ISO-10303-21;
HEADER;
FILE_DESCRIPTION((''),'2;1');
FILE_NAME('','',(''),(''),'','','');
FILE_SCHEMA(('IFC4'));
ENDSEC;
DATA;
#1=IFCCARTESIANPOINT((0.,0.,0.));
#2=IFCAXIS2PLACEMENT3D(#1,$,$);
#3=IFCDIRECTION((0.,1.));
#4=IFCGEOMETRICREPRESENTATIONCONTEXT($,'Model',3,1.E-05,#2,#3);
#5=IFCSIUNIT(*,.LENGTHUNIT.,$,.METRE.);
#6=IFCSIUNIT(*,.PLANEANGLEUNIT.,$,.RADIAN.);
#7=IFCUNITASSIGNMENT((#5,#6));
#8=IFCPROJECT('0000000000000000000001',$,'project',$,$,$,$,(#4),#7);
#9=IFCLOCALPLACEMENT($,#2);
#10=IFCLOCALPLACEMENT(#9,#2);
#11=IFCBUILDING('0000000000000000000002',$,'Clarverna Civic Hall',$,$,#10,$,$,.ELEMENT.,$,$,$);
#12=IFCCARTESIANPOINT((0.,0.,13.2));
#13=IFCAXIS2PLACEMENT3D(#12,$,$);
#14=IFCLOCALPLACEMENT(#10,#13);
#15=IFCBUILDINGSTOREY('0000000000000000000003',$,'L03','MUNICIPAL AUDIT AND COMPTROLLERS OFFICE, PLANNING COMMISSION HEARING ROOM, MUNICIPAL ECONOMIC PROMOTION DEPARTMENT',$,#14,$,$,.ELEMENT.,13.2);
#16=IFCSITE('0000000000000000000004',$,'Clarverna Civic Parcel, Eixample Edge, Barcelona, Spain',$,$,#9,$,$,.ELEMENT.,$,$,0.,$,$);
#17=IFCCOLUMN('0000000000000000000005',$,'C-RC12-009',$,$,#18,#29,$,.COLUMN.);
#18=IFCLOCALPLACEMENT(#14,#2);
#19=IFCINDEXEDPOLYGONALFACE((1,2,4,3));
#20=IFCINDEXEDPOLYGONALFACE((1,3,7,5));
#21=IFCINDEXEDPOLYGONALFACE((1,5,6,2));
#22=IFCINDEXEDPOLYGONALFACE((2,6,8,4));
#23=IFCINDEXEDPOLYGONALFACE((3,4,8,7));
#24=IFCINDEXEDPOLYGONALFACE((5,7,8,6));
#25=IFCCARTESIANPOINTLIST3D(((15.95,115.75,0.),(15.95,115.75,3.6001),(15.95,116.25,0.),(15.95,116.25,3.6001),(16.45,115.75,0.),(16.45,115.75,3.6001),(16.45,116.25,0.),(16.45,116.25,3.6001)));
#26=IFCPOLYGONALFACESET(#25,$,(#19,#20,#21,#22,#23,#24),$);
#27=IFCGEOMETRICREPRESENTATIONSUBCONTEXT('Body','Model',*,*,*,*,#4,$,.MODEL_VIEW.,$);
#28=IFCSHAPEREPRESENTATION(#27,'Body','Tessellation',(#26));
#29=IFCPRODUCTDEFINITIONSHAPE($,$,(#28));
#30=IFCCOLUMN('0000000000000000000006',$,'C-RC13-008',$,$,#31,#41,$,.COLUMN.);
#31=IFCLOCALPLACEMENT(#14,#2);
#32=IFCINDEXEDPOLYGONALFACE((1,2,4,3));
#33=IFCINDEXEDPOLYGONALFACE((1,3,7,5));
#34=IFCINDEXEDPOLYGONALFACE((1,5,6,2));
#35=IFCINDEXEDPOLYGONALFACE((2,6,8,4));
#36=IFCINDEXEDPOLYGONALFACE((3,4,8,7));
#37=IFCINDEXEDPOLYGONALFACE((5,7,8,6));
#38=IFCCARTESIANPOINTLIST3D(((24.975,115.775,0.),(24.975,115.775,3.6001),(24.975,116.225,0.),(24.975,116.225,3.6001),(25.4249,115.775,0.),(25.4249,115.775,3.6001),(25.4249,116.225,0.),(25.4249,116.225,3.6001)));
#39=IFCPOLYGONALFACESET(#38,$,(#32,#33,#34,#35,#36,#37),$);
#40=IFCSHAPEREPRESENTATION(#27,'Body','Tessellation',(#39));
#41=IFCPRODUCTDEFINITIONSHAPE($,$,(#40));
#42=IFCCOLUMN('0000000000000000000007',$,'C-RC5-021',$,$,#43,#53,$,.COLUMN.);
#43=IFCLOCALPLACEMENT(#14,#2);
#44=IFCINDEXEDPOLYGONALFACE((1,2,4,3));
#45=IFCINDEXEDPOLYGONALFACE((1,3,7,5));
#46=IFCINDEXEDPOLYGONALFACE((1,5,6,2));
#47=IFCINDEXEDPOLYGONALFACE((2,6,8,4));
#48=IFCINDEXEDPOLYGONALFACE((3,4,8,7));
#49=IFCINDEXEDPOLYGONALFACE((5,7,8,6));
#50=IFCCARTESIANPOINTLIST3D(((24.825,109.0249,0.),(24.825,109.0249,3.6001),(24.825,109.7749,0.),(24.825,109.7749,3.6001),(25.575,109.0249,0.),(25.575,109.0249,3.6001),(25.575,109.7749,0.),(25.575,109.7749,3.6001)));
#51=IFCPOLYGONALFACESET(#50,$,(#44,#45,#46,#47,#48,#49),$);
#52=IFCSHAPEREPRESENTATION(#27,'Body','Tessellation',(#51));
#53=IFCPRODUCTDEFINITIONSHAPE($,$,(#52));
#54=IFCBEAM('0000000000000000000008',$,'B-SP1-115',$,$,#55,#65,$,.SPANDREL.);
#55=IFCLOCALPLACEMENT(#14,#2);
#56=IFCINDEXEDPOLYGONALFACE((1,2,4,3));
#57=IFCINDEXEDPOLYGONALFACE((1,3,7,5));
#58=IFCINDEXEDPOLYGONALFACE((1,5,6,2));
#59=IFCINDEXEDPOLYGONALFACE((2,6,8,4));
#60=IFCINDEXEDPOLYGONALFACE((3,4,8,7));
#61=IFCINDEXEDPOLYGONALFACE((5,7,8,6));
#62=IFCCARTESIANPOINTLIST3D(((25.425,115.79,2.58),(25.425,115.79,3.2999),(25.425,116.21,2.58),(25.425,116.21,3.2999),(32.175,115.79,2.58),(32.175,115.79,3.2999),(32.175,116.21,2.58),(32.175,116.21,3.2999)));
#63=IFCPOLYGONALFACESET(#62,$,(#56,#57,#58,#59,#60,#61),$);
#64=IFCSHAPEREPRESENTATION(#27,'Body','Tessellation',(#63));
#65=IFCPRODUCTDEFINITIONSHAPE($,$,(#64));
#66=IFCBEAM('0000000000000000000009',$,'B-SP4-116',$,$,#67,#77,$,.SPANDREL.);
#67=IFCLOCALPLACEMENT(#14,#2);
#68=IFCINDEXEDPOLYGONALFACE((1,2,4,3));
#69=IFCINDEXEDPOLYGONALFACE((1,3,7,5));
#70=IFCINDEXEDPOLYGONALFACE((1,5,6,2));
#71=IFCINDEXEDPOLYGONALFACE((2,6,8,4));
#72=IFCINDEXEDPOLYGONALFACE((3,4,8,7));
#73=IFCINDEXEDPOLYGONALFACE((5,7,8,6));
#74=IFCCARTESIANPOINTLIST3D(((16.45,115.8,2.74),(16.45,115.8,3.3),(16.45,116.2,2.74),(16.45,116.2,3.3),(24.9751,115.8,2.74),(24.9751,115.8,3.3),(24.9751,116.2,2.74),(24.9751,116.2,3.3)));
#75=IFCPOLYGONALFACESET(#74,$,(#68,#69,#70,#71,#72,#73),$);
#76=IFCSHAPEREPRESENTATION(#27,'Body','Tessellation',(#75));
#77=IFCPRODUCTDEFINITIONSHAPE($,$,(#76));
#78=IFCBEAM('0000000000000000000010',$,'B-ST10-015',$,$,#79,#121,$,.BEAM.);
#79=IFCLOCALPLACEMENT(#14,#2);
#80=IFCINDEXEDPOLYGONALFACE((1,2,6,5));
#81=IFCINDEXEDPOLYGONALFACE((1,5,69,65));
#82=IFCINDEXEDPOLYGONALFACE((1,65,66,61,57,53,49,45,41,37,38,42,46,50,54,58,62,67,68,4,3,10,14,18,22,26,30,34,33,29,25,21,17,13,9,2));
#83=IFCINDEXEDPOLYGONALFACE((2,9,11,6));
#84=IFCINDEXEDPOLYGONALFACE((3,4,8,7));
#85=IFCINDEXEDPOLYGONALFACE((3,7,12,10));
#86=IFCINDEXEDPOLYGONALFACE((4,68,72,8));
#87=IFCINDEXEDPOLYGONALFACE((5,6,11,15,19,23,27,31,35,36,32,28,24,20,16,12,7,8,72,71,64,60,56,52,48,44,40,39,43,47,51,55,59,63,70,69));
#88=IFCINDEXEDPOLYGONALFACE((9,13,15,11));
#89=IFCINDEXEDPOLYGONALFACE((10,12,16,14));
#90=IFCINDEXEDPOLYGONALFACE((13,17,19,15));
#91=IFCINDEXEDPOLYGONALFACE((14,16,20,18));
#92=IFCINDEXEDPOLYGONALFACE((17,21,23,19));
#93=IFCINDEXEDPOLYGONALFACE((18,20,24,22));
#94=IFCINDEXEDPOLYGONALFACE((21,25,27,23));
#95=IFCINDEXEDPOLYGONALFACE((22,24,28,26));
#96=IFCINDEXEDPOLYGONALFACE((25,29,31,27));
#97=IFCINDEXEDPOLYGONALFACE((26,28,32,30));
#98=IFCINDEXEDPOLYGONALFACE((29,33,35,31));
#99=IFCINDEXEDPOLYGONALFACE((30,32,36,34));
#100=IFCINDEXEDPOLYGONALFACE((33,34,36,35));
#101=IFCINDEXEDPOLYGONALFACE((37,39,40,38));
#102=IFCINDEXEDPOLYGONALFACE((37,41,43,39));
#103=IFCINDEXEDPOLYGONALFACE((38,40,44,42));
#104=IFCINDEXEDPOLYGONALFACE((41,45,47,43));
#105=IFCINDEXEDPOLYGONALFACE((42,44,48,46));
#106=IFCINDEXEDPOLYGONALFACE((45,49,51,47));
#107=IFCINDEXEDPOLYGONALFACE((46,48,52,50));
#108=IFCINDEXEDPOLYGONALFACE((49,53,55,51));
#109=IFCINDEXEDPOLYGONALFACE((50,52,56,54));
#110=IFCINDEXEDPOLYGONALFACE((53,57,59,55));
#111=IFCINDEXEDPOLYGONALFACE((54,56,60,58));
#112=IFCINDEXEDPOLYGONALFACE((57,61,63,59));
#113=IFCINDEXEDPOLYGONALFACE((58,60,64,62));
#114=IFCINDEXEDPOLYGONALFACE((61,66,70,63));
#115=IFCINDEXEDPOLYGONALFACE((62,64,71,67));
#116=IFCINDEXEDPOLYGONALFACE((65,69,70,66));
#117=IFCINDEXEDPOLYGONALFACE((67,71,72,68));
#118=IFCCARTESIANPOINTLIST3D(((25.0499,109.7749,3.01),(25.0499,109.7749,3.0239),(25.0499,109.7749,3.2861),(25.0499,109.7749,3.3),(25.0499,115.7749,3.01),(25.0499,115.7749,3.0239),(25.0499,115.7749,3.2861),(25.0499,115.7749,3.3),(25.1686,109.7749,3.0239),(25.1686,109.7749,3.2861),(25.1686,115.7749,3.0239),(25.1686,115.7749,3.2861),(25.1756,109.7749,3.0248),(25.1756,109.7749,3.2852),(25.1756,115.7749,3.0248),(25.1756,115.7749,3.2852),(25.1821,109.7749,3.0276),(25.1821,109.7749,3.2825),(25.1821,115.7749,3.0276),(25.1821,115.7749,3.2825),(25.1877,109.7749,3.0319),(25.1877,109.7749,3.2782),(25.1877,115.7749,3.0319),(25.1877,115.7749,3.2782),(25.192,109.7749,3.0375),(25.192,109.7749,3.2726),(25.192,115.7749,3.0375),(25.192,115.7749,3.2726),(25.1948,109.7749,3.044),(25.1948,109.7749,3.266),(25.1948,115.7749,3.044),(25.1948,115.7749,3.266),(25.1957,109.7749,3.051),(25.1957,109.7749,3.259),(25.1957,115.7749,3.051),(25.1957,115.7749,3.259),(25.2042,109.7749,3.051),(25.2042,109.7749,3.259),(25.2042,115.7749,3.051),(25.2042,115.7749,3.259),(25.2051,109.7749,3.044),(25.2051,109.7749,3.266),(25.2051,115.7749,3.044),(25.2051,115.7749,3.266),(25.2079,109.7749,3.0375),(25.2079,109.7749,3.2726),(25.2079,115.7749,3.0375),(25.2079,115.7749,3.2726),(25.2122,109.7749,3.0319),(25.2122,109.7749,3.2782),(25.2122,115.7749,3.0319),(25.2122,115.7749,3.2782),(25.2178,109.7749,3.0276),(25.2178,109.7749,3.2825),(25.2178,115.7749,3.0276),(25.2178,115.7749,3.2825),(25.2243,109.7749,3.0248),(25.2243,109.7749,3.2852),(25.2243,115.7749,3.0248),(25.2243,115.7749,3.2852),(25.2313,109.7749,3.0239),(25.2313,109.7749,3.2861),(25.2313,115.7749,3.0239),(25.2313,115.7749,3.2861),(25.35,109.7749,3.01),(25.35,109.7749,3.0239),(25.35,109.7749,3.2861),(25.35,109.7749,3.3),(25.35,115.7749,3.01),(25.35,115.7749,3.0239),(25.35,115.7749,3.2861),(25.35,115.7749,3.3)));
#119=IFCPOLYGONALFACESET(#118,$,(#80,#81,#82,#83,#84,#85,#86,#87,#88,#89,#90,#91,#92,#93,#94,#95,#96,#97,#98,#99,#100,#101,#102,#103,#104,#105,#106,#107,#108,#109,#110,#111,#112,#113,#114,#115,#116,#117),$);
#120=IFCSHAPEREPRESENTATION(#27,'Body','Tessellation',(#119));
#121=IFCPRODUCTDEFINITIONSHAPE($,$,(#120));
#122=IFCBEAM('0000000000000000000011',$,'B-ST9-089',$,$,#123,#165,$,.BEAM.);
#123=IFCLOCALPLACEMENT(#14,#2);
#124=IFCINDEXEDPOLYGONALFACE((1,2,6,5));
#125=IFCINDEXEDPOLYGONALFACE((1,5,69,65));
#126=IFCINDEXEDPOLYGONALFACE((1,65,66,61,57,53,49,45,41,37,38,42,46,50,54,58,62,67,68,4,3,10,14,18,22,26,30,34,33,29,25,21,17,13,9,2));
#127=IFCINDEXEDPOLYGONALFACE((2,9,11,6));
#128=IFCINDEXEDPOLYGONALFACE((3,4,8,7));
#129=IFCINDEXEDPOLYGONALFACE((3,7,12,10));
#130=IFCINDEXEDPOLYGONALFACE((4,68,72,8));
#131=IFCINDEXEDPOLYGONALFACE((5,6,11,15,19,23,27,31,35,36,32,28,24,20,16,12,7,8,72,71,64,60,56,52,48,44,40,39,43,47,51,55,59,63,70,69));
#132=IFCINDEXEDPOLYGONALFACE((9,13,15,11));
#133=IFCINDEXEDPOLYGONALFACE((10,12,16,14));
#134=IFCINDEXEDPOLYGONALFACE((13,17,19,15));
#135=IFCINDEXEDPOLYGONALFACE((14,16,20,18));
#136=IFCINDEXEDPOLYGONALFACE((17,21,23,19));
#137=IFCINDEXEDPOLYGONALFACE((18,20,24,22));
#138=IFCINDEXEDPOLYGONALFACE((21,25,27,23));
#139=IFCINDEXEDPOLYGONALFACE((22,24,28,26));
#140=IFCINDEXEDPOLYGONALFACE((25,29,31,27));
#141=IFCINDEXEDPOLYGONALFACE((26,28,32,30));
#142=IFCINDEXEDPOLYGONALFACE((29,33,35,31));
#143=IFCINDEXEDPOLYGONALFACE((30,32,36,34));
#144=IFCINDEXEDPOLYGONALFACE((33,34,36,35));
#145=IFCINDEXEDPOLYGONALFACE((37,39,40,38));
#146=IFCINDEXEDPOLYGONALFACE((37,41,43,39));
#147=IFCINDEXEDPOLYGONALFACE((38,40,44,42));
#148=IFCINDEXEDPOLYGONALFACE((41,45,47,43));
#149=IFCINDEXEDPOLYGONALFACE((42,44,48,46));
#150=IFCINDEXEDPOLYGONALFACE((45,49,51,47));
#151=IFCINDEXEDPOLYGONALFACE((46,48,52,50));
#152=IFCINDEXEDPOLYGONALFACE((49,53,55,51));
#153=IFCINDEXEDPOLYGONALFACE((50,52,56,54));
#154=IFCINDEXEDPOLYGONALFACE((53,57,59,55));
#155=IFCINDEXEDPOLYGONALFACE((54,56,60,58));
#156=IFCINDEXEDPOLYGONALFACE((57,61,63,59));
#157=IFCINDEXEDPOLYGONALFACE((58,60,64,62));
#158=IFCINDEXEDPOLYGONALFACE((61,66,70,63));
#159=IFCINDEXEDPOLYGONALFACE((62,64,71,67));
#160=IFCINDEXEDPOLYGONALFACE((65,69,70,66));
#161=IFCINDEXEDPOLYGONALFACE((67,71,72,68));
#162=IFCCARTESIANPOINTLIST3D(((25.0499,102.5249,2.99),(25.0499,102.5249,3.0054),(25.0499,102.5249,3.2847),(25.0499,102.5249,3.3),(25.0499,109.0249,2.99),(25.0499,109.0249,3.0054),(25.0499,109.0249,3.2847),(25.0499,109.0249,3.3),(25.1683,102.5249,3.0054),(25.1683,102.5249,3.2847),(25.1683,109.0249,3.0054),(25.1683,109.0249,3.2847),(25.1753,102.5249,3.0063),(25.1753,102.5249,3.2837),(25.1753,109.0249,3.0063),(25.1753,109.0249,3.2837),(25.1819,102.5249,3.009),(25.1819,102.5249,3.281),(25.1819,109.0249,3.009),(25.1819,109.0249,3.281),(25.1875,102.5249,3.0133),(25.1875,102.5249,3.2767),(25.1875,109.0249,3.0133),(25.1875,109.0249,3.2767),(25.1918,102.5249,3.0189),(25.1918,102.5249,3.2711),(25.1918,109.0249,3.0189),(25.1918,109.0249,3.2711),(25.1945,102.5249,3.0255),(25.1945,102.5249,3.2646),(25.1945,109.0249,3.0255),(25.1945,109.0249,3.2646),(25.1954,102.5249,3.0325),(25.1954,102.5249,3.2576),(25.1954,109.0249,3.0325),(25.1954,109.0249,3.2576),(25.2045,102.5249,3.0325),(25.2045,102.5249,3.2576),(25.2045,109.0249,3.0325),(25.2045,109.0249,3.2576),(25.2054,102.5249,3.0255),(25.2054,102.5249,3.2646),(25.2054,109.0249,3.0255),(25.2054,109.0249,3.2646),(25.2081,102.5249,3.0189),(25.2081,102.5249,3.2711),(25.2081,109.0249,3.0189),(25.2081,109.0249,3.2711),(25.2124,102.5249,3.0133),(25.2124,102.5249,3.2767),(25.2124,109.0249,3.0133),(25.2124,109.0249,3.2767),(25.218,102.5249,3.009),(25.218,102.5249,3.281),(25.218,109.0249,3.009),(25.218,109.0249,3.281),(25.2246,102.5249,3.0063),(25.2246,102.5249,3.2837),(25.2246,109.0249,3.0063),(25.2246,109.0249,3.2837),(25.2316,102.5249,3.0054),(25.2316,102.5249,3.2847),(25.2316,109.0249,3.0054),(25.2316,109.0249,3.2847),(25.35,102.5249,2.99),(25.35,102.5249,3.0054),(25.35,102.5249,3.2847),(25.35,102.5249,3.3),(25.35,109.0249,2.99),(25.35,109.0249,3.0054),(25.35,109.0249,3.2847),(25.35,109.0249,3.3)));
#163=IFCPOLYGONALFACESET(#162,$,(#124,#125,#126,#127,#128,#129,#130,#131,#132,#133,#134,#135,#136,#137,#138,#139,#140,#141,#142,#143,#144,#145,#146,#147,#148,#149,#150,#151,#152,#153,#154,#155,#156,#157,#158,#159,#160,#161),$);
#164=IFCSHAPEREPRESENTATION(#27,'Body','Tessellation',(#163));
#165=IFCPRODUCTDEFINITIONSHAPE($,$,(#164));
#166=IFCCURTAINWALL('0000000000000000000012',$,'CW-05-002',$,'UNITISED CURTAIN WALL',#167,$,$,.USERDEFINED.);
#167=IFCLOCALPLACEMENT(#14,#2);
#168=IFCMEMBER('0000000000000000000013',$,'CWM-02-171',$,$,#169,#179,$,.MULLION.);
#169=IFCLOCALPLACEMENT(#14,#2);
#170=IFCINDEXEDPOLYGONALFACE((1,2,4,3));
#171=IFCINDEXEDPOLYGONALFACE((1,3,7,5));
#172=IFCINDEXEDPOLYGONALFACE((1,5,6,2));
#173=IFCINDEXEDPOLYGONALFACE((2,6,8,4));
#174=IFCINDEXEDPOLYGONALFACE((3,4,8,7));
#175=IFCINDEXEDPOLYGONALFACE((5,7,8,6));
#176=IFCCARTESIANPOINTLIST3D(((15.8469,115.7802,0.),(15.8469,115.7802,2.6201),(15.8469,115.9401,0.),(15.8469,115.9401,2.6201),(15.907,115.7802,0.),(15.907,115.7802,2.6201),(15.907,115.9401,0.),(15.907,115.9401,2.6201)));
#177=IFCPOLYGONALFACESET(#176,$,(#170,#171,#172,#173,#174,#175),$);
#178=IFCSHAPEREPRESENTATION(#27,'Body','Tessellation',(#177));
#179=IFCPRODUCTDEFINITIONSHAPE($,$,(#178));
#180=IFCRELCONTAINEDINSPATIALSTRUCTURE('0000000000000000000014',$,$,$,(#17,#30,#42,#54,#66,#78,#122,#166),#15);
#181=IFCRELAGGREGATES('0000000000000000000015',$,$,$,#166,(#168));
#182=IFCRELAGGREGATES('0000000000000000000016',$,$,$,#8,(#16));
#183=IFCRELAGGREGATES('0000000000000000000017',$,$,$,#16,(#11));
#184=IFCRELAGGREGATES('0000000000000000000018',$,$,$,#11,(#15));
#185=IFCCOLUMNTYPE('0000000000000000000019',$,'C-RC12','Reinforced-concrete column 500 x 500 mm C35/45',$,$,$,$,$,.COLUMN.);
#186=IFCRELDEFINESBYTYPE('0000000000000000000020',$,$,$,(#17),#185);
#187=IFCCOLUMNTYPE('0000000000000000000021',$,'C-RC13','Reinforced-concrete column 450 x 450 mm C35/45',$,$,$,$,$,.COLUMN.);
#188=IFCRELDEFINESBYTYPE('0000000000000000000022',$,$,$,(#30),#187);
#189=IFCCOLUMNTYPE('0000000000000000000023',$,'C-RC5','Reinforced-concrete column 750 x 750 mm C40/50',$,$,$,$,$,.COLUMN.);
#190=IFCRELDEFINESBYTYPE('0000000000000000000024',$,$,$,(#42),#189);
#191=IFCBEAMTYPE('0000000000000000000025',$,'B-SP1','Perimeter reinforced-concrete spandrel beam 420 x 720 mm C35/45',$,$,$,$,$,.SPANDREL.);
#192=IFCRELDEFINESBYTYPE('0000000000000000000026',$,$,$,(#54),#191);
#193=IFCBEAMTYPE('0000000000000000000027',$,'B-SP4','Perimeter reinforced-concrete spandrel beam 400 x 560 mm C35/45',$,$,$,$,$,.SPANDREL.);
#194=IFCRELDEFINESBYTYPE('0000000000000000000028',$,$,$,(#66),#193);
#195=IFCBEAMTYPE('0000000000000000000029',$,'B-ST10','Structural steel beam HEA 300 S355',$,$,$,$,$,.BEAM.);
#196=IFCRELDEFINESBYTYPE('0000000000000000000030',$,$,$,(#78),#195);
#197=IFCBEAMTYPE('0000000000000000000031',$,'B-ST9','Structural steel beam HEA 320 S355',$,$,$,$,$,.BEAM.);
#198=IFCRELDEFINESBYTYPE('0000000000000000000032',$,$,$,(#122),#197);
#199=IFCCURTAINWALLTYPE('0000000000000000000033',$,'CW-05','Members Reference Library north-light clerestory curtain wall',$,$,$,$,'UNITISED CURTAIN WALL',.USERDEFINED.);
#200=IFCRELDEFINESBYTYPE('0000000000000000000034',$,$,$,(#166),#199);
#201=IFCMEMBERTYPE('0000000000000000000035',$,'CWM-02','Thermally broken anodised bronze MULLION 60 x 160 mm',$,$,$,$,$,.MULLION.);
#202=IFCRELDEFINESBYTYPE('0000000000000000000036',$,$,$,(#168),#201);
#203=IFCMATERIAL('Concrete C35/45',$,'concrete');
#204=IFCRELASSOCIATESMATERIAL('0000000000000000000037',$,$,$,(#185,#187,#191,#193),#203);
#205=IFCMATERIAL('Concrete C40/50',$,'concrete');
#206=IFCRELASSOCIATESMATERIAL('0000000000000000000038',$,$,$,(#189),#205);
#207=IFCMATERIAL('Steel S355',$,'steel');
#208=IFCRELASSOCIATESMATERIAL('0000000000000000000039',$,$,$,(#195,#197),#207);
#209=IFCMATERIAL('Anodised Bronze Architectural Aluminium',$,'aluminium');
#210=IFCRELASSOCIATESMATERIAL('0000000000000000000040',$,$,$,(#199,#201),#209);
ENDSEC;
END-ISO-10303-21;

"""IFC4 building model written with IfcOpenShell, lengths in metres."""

from ifc_helpers import new_model, si_unit, direction, frame, origin, origin_2d, place, context, subcontext, project, spatial, rectangle, i_section, extrude, material, material_profile, profile_set, type_object, element, aggregate, save


model = new_model("IFC4")

# Units and contexts
model_context = context("Model", 3, precision=1e-05, world=origin(), true_north=direction((0.0, 1.0)))
body_context = subcontext(model_context, "Body", "Model", "MODEL_VIEW")
ifc_project = project(units=[si_unit("LENGTHUNIT", "METRE"), si_unit("PLANEANGLEUNIT", "RADIAN")], contexts=[model_context])

# Site, building, storey
site_placement = place(None, origin())
site = spatial("IfcSite", under=ifc_project, at=site_placement, Name="Clarverna Civic Parcel, Eixample Edge, Barcelona, Spain", CompositionType="ELEMENT", RefElevation=0.0)
building_placement = place(site_placement, origin())
building = spatial("IfcBuilding", under=site, at=building_placement, Name="Clarverna Civic Hall", CompositionType="ELEMENT")
storey_placement = place(building_placement, frame((0.0, 0.0, 13.2)))
storey = spatial("IfcBuildingStorey", under=building, at=storey_placement, Name="L03", Description="MUNICIPAL AUDIT AND COMPTROLLERS OFFICE, PLANNING COMMISSION HEARING ROOM, MUNICIPAL ECONOMIC PROMOTION DEPARTMENT", CompositionType="ELEMENT", Elevation=13.2)

# Columns
ifc_material_1 = material(Name="Concrete C35/45", Category="concrete")
ifc_material_profile_1 = material_profile(ifc_material_1, rectangle(XDim=0.5, YDim=0.5, at=origin_2d()), Name="RC 500x500")
ifc_profile_set_1 = profile_set([ifc_material_profile_1], Name="Concrete C35/45")
column_type_1 = type_object("IfcColumnType", Name="C-RC12", Description="Reinforced-concrete column 500 x 500 mm C35/45", PredefinedType="COLUMN", material=ifc_profile_set_1)
column_1_placement = place(storey_placement, frame((16.2, 116.0, 0.0), z_axis=(0.0, 0.0, 1.0), x_axis=(1.0, 0.0, 0.0)))
element("IfcColumn", 1, at=column_1_placement, inside=storey, type_object=column_type_1, Name="C-RC12-009", PredefinedType="COLUMN", context=body_context, shape_type="SweptSolid", body=[
    extrude(rectangle(XDim=0.5, YDim=0.5, at=origin_2d()), origin(), (0.0, 0.0, 1.0), 3.6001),
])
ifc_material_profile_2 = material_profile(ifc_material_1, rectangle(XDim=0.45, YDim=0.45, at=origin_2d()), Name="RC 450x450")
ifc_profile_set_2 = profile_set([ifc_material_profile_2], Name="Concrete C35/45")
column_type_2 = type_object("IfcColumnType", Name="C-RC13", Description="Reinforced-concrete column 450 x 450 mm C35/45", PredefinedType="COLUMN", material=ifc_profile_set_2)
column_2_placement = place(storey_placement, frame((25.2, 116.0, 0.0), z_axis=(0.0, 0.0, 1.0), x_axis=(1.0, 0.0, 0.0)))
element("IfcColumn", 2, at=column_2_placement, inside=storey, type_object=column_type_2, Name="C-RC13-008", PredefinedType="COLUMN", context=body_context, shape_type="SweptSolid", body=[
    extrude(rectangle(XDim=0.45, YDim=0.45, at=origin_2d()), origin(), (0.0, 0.0, 1.0), 3.6001),
])
ifc_material_2 = material(Name="Concrete C40/50", Category="concrete")
ifc_material_profile_3 = material_profile(ifc_material_2, rectangle(XDim=0.75, YDim=0.75, at=origin_2d()), Name="RC 750x750")
ifc_profile_set_3 = profile_set([ifc_material_profile_3], Name="Concrete C40/50")
column_type_3 = type_object("IfcColumnType", Name="C-RC5", Description="Reinforced-concrete column 750 x 750 mm C40/50", PredefinedType="COLUMN", material=ifc_profile_set_3)
column_3_placement = place(storey_placement, frame((25.2, 109.3999, 0.0), z_axis=(0.0, 0.0, 1.0), x_axis=(1.0, 0.0, 0.0)))
element("IfcColumn", 3, at=column_3_placement, inside=storey, type_object=column_type_3, Name="C-RC5-021", PredefinedType="COLUMN", context=body_context, shape_type="SweptSolid", body=[
    extrude(rectangle(XDim=0.75, YDim=0.75, at=origin_2d()), origin(), (0.0, 0.0, 1.0), 3.6001),
])

# Beams
ifc_material_profile_4 = material_profile(ifc_material_1, rectangle(XDim=0.4199, YDim=0.72, at=origin_2d()), Name="RC 420x720")
ifc_profile_set_4 = profile_set([ifc_material_profile_4], Name="Concrete C35/45")
beam_type_1 = type_object("IfcBeamType", Name="B-SP1", Description="Perimeter reinforced-concrete spandrel beam 420 x 720 mm C35/45", PredefinedType="SPANDREL", material=ifc_profile_set_4)
beam_1_placement = place(storey_placement, frame((25.425, 116.0, 2.9399), z_axis=(1.0, 0.0, 0.0), x_axis=(0.0, 1.0, 0.0)))
element("IfcBeam", 4, at=beam_1_placement, inside=storey, type_object=beam_type_1, Name="B-SP1-115", PredefinedType="SPANDREL", context=body_context, shape_type="SweptSolid", body=[
    extrude(rectangle(XDim=0.4199, YDim=0.72, at=origin_2d()), origin(), (0.0, 0.0, 1.0), 6.75),
])
ifc_material_profile_5 = material_profile(ifc_material_1, rectangle(XDim=0.3999, YDim=0.5601, at=origin_2d()), Name="RC 400x560")
ifc_profile_set_5 = profile_set([ifc_material_profile_5], Name="Concrete C35/45")
beam_type_2 = type_object("IfcBeamType", Name="B-SP4", Description="Perimeter reinforced-concrete spandrel beam 400 x 560 mm C35/45", PredefinedType="SPANDREL", material=ifc_profile_set_5)
beam_2_placement = place(storey_placement, frame((16.45, 116.0, 3.02), z_axis=(1.0, 0.0, 0.0), x_axis=(0.0, 1.0, 0.0)))
element("IfcBeam", 5, at=beam_2_placement, inside=storey, type_object=beam_type_2, Name="B-SP4-116", PredefinedType="SPANDREL", context=body_context, shape_type="SweptSolid", body=[
    extrude(rectangle(XDim=0.3999, YDim=0.5601, at=origin_2d()), origin(), (0.0, 0.0, 1.0), 8.5251),
])
ifc_material_3 = material(Name="Steel S355", Category="steel")
ifc_material_profile_6 = material_profile(ifc_material_3, i_section(OverallWidth=0.3, OverallDepth=0.29, WebThickness=0.0085, FlangeThickness=0.0139, FilletRadius=0.0271, at=origin_2d()), Name="HEA 300")
ifc_profile_set_6 = profile_set([ifc_material_profile_6], Name="Steel S355")
beam_type_3 = type_object("IfcBeamType", Name="B-ST10", Description="Structural steel beam HEA 300 S355", PredefinedType="BEAM", material=ifc_profile_set_6)
beam_3_placement = place(storey_placement, frame((25.2, 109.7749, 3.155), z_axis=(0.0, 1.0, 0.0), x_axis=(-1.0, 0.0, 0.0)))
element("IfcBeam", 6, at=beam_3_placement, inside=storey, type_object=beam_type_3, Name="B-ST10-015", PredefinedType="BEAM", context=body_context, shape_type="SweptSolid", body=[
    extrude(i_section(OverallWidth=0.3, OverallDepth=0.29, WebThickness=0.0085, FlangeThickness=0.0139, FilletRadius=0.0271, at=origin_2d()), origin(), (0.0, 0.0, 1.0), 6.0),
])
ifc_material_profile_7 = material_profile(ifc_material_3, i_section(OverallWidth=0.3, OverallDepth=0.3101, WebThickness=0.009, FlangeThickness=0.0154, FilletRadius=0.0271, at=origin_2d()), Name="HEA 320")
ifc_profile_set_7 = profile_set([ifc_material_profile_7], Name="Steel S355")
beam_type_4 = type_object("IfcBeamType", Name="B-ST9", Description="Structural steel beam HEA 320 S355", PredefinedType="BEAM", material=ifc_profile_set_7)
beam_4_placement = place(storey_placement, frame((25.2, 102.5249, 3.145), z_axis=(0.0, 1.0, 0.0), x_axis=(-1.0, 0.0, 0.0)))
element("IfcBeam", 7, at=beam_4_placement, inside=storey, type_object=beam_type_4, Name="B-ST9-089", PredefinedType="BEAM", context=body_context, shape_type="SweptSolid", body=[
    extrude(i_section(OverallWidth=0.3, OverallDepth=0.3101, WebThickness=0.009, FlangeThickness=0.0154, FilletRadius=0.0271, at=origin_2d()), origin(), (0.0, 0.0, 1.0), 6.5),
])

# Curtain wall, member
ifc_material_4 = material(Name="Anodised Bronze Architectural Aluminium", Category="aluminium")
curtain_wall_type = type_object("IfcCurtainWallType", Name="CW-05", Description="Members Reference Library north-light clerestory curtain wall", ElementType="UNITISED CURTAIN WALL", PredefinedType="USERDEFINED", material=ifc_material_4)
curtain_wall_1_placement = place(storey_placement, origin())
curtain_wall_1 = element("IfcCurtainWall", 8, at=curtain_wall_1_placement, inside=storey, type_object=curtain_wall_type, Name="CW-05-002", ObjectType="UNITISED CURTAIN WALL", PredefinedType="USERDEFINED")
ifc_material_profile_8 = material_profile(ifc_material_4, rectangle(XDim=0.0601, YDim=0.1599, at=origin_2d()), Name="BRONZE 60x160")
ifc_profile_set_8 = profile_set([ifc_material_profile_8], Name="Anodised Bronze Architectural Aluminium")
member_type_1 = type_object("IfcMemberType", Name="CWM-02", Description="Thermally broken anodised bronze MULLION 60 x 160 mm", PredefinedType="MULLION", material=ifc_profile_set_8)
member_1_placement = place(storey_placement, frame((15.877, 115.8601, 0.0), z_axis=(0.0, 0.0, 1.0), x_axis=(1.0, 0.0, 0.0)))
member_1 = element("IfcMember", 9, at=member_1_placement, type_object=member_type_1, Name="CWM-02-171", PredefinedType="MULLION", context=body_context, shape_type="SweptSolid", body=[
    extrude(rectangle(XDim=0.0601, YDim=0.1599, at=origin_2d()), origin(), (0.0, 0.0, 1.0), 2.6201),
])
aggregate(curtain_wall_1, [member_1])

save(model, "model.ifc")
